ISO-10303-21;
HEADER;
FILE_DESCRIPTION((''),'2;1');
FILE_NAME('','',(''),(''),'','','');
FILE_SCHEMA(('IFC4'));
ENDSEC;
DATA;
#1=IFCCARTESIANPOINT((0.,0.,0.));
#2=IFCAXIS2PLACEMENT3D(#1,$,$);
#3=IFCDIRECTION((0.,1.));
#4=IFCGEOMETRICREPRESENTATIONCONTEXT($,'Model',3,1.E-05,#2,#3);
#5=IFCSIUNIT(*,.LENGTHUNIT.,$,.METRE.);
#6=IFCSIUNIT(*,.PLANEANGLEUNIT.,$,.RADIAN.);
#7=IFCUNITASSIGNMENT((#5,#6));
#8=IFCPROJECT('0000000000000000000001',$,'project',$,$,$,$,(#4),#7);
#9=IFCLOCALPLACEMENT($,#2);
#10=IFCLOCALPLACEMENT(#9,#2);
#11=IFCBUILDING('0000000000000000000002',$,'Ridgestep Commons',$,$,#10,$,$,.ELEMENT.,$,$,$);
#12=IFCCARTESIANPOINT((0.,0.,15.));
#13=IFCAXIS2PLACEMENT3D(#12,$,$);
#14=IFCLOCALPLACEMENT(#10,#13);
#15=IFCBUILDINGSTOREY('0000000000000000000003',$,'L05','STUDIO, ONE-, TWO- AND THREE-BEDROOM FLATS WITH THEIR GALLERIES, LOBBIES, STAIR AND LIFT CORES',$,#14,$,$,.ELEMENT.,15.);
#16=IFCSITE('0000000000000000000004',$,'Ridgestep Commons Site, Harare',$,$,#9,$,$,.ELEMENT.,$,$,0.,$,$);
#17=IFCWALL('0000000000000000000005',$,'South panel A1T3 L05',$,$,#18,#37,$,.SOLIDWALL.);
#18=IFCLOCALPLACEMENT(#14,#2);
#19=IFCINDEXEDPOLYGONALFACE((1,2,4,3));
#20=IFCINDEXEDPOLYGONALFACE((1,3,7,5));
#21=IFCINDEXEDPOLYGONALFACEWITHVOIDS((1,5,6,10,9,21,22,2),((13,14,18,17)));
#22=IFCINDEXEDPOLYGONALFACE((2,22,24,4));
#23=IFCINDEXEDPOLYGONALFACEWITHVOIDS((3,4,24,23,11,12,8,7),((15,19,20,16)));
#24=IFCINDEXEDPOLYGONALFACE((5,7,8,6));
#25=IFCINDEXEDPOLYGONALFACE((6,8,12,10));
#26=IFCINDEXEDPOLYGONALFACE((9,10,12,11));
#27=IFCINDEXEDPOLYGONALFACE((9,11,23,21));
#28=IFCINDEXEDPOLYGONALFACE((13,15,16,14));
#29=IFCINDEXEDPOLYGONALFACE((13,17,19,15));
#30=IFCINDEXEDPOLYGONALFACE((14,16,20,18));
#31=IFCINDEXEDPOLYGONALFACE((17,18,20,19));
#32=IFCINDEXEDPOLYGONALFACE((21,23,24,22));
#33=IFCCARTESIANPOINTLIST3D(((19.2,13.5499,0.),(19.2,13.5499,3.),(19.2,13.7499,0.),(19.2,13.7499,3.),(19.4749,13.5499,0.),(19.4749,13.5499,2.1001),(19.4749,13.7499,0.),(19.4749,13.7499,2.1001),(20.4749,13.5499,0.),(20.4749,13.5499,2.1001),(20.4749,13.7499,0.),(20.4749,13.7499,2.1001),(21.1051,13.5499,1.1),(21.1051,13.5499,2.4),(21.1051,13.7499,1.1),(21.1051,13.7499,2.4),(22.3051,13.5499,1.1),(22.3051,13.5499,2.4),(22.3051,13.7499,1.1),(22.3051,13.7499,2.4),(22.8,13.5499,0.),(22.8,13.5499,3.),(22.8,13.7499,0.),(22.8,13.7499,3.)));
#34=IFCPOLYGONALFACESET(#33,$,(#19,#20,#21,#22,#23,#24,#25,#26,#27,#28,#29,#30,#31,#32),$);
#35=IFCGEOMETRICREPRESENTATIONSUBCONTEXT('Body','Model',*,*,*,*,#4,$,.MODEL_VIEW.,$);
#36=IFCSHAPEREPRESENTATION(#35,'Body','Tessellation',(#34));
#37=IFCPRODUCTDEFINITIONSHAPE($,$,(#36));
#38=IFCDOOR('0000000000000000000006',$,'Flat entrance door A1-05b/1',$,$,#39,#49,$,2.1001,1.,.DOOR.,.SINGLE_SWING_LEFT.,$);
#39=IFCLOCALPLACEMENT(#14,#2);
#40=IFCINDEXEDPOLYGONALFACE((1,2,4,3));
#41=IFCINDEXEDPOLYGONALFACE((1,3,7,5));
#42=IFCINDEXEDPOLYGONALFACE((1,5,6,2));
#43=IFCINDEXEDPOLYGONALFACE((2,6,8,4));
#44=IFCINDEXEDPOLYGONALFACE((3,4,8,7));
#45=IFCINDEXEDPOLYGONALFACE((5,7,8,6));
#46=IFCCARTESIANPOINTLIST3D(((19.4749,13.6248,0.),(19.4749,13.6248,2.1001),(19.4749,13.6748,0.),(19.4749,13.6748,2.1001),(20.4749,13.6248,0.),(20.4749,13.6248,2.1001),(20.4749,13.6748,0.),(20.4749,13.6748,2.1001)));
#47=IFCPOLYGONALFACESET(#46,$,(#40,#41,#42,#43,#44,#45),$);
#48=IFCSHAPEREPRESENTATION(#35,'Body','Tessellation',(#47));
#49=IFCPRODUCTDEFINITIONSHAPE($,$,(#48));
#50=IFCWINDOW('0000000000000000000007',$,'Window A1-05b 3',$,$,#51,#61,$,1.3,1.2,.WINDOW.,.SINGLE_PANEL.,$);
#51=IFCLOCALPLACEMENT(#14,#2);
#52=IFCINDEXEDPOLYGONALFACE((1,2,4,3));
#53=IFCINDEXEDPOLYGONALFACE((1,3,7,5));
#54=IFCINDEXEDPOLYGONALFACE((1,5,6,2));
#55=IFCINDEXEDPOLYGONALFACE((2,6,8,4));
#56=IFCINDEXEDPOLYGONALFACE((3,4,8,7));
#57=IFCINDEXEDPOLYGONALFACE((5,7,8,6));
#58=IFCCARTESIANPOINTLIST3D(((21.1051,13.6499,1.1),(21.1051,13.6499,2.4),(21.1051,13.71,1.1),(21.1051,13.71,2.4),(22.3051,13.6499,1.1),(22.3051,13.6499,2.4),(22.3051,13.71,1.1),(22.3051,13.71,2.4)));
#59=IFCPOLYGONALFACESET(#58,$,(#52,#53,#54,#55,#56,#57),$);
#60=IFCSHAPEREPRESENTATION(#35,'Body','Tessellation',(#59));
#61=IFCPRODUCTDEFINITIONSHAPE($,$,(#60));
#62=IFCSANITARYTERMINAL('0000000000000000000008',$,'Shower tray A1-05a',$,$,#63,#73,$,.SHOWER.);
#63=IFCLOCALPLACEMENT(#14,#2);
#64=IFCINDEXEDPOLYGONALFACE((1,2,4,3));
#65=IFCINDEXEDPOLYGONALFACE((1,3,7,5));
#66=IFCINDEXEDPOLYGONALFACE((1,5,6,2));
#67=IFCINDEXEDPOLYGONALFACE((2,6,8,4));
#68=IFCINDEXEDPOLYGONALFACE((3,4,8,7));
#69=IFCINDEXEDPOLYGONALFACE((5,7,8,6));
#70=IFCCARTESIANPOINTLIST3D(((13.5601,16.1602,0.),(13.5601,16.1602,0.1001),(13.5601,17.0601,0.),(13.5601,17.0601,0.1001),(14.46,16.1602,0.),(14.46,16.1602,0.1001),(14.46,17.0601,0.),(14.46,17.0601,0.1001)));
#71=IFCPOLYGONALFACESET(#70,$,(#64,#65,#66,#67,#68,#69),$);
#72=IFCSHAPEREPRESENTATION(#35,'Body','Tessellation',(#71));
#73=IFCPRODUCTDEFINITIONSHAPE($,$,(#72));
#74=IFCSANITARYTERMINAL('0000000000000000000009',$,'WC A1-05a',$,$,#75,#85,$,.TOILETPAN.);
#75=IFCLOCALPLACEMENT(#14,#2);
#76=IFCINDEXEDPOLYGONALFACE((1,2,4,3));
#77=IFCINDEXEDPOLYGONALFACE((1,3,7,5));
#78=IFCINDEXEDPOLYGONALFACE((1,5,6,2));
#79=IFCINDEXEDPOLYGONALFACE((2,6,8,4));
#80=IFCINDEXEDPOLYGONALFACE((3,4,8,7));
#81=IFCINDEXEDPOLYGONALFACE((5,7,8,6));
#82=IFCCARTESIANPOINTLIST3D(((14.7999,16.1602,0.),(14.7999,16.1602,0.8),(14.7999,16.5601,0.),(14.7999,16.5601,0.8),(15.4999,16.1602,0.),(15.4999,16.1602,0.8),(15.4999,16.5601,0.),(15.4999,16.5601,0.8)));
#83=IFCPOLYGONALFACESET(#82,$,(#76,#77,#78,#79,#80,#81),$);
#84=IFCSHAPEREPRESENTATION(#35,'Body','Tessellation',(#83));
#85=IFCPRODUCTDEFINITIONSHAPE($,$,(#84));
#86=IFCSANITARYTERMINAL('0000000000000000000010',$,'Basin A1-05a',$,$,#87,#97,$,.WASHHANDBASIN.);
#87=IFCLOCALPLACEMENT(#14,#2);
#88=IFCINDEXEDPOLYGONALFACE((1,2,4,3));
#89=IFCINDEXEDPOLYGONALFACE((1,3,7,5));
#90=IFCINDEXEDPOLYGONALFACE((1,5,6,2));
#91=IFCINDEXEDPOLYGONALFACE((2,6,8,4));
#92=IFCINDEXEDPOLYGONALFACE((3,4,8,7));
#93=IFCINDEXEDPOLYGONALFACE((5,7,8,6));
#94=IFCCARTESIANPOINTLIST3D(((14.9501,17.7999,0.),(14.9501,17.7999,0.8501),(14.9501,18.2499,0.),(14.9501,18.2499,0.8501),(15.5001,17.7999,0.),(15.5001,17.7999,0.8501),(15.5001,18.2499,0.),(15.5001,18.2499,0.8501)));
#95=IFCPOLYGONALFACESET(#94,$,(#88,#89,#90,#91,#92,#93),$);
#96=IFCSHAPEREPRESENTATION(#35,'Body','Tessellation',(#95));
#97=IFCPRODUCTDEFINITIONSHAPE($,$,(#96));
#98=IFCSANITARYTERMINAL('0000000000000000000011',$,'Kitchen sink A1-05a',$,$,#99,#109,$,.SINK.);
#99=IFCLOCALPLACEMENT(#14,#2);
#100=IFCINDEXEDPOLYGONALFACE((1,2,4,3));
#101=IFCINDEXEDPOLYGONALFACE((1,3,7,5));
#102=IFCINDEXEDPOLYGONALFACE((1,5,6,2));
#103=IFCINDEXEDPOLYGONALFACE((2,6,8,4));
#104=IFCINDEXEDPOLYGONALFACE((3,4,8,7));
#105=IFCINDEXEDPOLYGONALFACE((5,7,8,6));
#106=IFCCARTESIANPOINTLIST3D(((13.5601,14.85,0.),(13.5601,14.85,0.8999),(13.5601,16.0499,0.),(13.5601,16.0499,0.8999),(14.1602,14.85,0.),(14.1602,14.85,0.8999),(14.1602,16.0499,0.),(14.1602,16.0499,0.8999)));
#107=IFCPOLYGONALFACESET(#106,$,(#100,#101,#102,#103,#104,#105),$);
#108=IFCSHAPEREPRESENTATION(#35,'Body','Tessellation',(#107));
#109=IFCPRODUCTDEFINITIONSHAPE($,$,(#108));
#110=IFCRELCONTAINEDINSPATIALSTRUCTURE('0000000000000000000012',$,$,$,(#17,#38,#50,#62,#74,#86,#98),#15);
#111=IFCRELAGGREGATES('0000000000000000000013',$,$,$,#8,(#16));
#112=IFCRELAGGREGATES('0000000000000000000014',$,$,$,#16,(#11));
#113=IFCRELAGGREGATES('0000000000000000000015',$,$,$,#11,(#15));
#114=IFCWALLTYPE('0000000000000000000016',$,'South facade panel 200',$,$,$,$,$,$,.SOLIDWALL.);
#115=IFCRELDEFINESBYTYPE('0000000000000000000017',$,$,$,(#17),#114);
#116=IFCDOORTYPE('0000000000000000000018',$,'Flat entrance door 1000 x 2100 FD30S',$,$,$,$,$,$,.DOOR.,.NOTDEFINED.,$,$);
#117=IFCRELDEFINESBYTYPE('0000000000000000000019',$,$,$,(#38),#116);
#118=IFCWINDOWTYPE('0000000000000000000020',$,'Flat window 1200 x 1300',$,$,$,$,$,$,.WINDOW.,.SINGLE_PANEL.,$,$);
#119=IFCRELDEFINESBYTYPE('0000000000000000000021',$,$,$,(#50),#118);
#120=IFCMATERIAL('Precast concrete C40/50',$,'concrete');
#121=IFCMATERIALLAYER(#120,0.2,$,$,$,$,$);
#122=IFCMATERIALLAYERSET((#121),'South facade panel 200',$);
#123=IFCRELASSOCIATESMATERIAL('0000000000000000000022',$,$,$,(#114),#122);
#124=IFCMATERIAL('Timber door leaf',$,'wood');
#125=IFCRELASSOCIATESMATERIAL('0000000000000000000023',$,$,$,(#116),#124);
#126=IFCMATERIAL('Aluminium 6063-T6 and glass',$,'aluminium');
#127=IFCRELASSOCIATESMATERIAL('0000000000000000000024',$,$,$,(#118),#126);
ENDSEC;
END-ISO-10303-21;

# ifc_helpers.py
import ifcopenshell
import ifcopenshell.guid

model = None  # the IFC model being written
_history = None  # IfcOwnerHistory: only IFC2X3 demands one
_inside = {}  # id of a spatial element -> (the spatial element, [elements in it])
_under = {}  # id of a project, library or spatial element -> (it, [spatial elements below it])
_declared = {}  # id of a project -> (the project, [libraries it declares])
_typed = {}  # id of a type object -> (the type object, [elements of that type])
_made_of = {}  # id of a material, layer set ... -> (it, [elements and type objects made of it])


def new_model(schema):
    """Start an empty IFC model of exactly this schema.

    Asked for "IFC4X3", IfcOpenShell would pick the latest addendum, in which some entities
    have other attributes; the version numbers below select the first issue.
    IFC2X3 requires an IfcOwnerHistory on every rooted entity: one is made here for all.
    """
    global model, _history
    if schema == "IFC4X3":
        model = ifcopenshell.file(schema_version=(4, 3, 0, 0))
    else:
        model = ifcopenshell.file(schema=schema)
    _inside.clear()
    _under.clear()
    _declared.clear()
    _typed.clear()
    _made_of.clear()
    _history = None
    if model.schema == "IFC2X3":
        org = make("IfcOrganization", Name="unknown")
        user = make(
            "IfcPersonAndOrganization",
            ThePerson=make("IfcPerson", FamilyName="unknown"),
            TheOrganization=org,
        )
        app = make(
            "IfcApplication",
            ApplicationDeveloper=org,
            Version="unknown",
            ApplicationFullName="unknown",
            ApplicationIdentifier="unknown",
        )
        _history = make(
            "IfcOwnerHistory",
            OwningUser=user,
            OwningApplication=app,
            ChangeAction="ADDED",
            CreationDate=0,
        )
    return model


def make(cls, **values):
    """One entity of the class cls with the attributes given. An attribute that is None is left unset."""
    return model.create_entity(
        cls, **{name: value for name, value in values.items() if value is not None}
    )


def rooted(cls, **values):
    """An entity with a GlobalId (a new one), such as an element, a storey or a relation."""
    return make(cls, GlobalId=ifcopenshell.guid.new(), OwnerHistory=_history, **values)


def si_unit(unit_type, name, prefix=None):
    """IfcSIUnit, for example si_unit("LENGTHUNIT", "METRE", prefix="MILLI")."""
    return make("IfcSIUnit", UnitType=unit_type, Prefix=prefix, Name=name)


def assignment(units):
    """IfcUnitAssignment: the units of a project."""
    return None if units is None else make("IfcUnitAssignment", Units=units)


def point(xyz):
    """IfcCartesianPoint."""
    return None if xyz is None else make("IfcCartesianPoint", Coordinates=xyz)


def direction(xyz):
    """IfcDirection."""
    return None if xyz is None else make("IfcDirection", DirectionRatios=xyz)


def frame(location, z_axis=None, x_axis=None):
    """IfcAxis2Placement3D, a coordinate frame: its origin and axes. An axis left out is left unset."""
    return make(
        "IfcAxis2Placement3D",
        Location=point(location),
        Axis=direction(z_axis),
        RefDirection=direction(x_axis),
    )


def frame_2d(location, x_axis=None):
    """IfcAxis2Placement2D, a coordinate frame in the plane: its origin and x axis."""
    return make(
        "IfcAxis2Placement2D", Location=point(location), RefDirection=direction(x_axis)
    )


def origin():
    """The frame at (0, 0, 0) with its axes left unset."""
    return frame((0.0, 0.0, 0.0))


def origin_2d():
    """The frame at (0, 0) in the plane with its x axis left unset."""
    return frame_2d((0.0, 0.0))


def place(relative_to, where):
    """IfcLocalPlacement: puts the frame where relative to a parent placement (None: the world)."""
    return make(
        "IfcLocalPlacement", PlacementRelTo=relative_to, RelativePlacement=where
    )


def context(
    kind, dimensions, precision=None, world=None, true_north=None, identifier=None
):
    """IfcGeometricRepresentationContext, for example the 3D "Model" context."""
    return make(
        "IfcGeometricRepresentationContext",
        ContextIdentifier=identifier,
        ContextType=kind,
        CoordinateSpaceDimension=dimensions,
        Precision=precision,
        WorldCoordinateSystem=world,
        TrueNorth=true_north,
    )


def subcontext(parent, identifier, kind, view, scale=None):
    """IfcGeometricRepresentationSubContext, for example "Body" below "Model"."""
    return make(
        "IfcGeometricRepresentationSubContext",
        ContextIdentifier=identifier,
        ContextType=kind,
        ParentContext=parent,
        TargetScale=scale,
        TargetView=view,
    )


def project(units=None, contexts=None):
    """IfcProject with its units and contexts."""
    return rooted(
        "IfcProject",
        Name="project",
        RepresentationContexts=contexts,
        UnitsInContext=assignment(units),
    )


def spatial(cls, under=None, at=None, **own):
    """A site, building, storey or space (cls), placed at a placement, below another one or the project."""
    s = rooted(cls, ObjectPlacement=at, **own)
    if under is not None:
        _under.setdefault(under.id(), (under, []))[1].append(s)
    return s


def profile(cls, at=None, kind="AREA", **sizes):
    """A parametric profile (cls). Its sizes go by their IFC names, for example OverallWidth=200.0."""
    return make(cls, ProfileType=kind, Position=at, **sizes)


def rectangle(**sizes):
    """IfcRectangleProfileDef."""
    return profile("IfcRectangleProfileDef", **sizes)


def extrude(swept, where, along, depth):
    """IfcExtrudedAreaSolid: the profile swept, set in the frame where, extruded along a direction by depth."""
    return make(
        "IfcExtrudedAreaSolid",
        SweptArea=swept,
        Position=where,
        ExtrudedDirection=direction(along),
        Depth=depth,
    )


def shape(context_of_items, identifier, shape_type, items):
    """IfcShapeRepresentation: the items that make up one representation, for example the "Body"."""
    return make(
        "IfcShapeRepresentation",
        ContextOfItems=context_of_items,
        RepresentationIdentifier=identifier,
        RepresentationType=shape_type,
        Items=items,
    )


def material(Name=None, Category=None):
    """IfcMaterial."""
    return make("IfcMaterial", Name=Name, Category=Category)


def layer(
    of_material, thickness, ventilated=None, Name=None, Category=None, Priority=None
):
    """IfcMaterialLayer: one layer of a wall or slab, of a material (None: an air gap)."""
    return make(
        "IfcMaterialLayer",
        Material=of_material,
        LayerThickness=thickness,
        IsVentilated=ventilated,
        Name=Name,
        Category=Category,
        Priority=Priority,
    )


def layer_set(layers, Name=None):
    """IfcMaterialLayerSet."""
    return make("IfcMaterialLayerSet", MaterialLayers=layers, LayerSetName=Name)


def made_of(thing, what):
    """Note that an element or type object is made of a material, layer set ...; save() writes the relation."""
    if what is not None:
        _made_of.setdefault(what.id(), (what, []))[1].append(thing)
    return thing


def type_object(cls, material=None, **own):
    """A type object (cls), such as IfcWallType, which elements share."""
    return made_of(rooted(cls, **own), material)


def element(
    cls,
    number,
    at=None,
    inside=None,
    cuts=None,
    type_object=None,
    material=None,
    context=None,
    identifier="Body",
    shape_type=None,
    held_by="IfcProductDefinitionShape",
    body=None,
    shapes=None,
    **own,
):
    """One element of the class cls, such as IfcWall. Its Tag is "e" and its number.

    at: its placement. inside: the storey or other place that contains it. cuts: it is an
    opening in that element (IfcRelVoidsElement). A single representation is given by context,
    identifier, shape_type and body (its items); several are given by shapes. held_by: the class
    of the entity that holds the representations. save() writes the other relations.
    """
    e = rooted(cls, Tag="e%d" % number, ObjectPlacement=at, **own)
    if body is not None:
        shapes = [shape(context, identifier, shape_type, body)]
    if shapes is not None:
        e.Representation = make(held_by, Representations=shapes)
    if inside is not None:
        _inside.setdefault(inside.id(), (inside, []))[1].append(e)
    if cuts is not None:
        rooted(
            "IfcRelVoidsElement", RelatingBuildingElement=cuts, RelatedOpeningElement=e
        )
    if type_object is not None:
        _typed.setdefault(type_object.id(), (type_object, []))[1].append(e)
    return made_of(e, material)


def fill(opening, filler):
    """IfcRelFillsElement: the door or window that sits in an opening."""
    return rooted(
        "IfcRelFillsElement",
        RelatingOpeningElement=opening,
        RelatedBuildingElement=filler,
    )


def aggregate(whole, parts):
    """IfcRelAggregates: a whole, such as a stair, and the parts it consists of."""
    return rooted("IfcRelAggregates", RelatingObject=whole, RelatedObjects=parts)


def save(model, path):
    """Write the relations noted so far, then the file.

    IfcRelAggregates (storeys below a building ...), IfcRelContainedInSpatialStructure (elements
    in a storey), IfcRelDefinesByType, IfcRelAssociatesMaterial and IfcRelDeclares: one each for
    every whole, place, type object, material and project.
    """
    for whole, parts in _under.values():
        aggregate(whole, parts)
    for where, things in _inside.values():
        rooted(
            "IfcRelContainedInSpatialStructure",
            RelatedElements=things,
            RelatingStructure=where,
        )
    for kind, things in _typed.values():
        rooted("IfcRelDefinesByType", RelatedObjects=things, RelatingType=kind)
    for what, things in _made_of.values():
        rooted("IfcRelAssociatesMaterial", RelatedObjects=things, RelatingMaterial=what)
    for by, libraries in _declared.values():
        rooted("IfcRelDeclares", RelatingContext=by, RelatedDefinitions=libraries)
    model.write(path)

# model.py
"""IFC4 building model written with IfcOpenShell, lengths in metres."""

from ifc_helpers import new_model, si_unit, direction, frame, frame_2d, origin, origin_2d, place, context, subcontext, project, spatial, rectangle, extrude, material, layer, layer_set, type_object, element, fill, save


model = new_model("IFC4")

# Units and contexts
model_context = context("Model", 3, precision=1e-05, world=origin(), true_north=direction((0.0, 1.0)))
body_context = subcontext(model_context, "Body", "Model", "MODEL_VIEW")
ifc_project = project(units=[si_unit("LENGTHUNIT", "METRE"), si_unit("PLANEANGLEUNIT", "RADIAN")], contexts=[model_context])

# Site, building, storey
site_placement = place(None, origin())
site = spatial("IfcSite", under=ifc_project, at=site_placement, Name="Ridgestep Commons Site, Harare", CompositionType="ELEMENT", RefElevation=0.0)
building_placement = place(site_placement, origin())
building = spatial("IfcBuilding", under=site, at=building_placement, Name="Ridgestep Commons", CompositionType="ELEMENT")
storey_placement = place(building_placement, frame((0.0, 0.0, 15.0)))
storey = spatial("IfcBuildingStorey", under=building, at=storey_placement, Name="L05", Description="STUDIO, ONE-, TWO- AND THREE-BEDROOM FLATS WITH THEIR GALLERIES, LOBBIES, STAIR AND LIFT CORES", CompositionType="ELEMENT", Elevation=15.0)

# Shared definitions
ifc_material_1 = material(Name="Precast concrete C40/50", Category="concrete")
ifc_layer_1 = layer(ifc_material_1, 0.2)
ifc_layer_set_1 = layer_set([ifc_layer_1], Name="South facade panel 200")
wall_type_1 = type_object("IfcWallType", Name="South facade panel 200", PredefinedType="SOLIDWALL", material=ifc_layer_set_1)
ifc_material_2 = material(Name="Timber door leaf", Category="wood")
door_type_1 = type_object("IfcDoorType", Name="Flat entrance door 1000 x 2100 FD30S", OperationType="NOTDEFINED", PredefinedType="DOOR", material=ifc_material_2)
ifc_material_3 = material(Name="Aluminium 6063-T6 and glass", Category="aluminium")
window_type_1 = type_object("IfcWindowType", Name="Flat window 1200 x 1300", PartitioningType="SINGLE_PANEL", PredefinedType="WINDOW", material=ifc_material_3)

# Wall, openings, door, window
wall_1_placement = place(storey_placement, frame((19.2, 13.6499, 0.0), z_axis=(0.0, 0.0, 1.0), x_axis=(1.0, 0.0, 0.0)))
wall_1 = element("IfcWall", 1, at=wall_1_placement, inside=storey, type_object=wall_type_1, Name="South panel A1T3 L05", PredefinedType="SOLIDWALL", context=body_context, shape_type="SweptSolid", body=[
    extrude(rectangle(XDim=3.6001, YDim=0.2, at=frame_2d((1.8, 0.0))), origin(), (0.0, 0.0, 1.0), 3.0),
])
opening_1_placement = place(wall_1_placement, frame((1.905, 0.0, 1.1001)))
opening_1 = element("IfcOpeningElement", 2, at=opening_1_placement, cuts=wall_1, PredefinedType="OPENING", context=body_context, shape_type="SweptSolid", body=[
    extrude(rectangle(XDim=1.2, YDim=1.3, at=frame_2d((0.6001, 0.6499))), frame((0.0, 0.1099, 0.0), z_axis=(0.0, -1.0, 0.0), x_axis=(1.0, 0.0, 0.0)), (0.0, 0.0, 1.0), 0.22),
])
opening_2_placement = place(wall_1_placement, frame((0.2749, 0.0, 0.0)))
opening_2 = element("IfcOpeningElement", 3, at=opening_2_placement, cuts=wall_1, PredefinedType="OPENING", context=body_context, shape_type="SweptSolid", body=[
    extrude(rectangle(XDim=1.0, YDim=2.1001, at=frame_2d((0.5, 1.05))), frame((0.0, 0.1099, 0.0), z_axis=(0.0, -1.0, 0.0), x_axis=(1.0, 0.0, 0.0)), (0.0, 0.0, 1.0), 0.22),
])
door_1_placement = place(opening_2_placement, origin())
door_1 = element("IfcDoor", 4, at=door_1_placement, inside=storey, type_object=door_type_1, Name="Flat entrance door A1-05b/1", OperationType="SINGLE_SWING_LEFT", OverallHeight=2.1001, OverallWidth=1.0, PredefinedType="DOOR", context=body_context, shape_type="SweptSolid", body=[
    extrude(rectangle(XDim=1.0, YDim=2.1001, at=frame_2d((0.5, 1.05))), frame((0.0, 0.0249, 0.0), z_axis=(0.0, -1.0, 0.0), x_axis=(1.0, 0.0, 0.0)), (0.0, 0.0, 1.0), 0.05),
])
fill(opening_2, door_1)
window_1_placement = place(opening_1_placement, origin())
window_1 = element("IfcWindow", 5, at=window_1_placement, inside=storey, type_object=window_type_1, Name="Window A1-05b 3", OverallHeight=1.3, OverallWidth=1.2, PartitioningType="SINGLE_PANEL", PredefinedType="WINDOW", context=body_context, shape_type="SweptSolid", body=[
    extrude(rectangle(XDim=1.2, YDim=1.3, at=frame_2d((0.6001, 0.6499))), frame((0.0, 0.0601, 0.0), z_axis=(0.0, -1.0, 0.0), x_axis=(1.0, 0.0, 0.0)), (0.0, 0.0, 1.0), 0.0601),
])
fill(opening_1, window_1)

# Sanitary terminals
sanitary_terminal_1_placement = place(storey_placement, frame((14.01, 16.6101, 0.0), z_axis=(0.0, 0.0, 1.0), x_axis=(1.0, 0.0, 0.0)))
element("IfcSanitaryTerminal", 6, at=sanitary_terminal_1_placement, inside=storey, Name="Shower tray A1-05a", PredefinedType="SHOWER", context=body_context, shape_type="SweptSolid", body=[
    extrude(rectangle(XDim=0.8999, YDim=0.8999, at=origin_2d()), origin(), (0.0, 0.0, 1.0), 0.1001),
])
sanitary_terminal_2_placement = place(storey_placement, frame((15.1499, 16.3601, 0.0), z_axis=(0.0, 0.0, 1.0), x_axis=(1.0, 0.0, 0.0)))
element("IfcSanitaryTerminal", 7, at=sanitary_terminal_2_placement, inside=storey, Name="WC A1-05a", PredefinedType="TOILETPAN", context=body_context, shape_type="SweptSolid", body=[
    extrude(rectangle(XDim=0.7, YDim=0.3999, at=origin_2d()), origin(), (0.0, 0.0, 1.0), 0.8),
])
sanitary_terminal_3_placement = place(storey_placement, frame((15.2251, 18.0249, 0.0), z_axis=(0.0, 0.0, 1.0), x_axis=(1.0, 0.0, 0.0)))
element("IfcSanitaryTerminal", 8, at=sanitary_terminal_3_placement, inside=storey, Name="Basin A1-05a", PredefinedType="WASHHANDBASIN", context=body_context, shape_type="SweptSolid", body=[
    extrude(rectangle(XDim=0.55, YDim=0.45, at=origin_2d()), origin(), (0.0, 0.0, 1.0), 0.8501),
])
sanitary_terminal_4_placement = place(storey_placement, frame((13.8601, 15.45, 0.0), z_axis=(0.0, 0.0, 1.0), x_axis=(1.0, 0.0, 0.0)))
element("IfcSanitaryTerminal", 9, at=sanitary_terminal_4_placement, inside=storey, Name="Kitchen sink A1-05a", PredefinedType="SINK", context=body_context, shape_type="SweptSolid", body=[
    extrude(rectangle(XDim=0.6001, YDim=1.2, at=origin_2d()), origin(), (0.0, 0.0, 1.0), 0.8999),
])

save(model, "model.ifc")
